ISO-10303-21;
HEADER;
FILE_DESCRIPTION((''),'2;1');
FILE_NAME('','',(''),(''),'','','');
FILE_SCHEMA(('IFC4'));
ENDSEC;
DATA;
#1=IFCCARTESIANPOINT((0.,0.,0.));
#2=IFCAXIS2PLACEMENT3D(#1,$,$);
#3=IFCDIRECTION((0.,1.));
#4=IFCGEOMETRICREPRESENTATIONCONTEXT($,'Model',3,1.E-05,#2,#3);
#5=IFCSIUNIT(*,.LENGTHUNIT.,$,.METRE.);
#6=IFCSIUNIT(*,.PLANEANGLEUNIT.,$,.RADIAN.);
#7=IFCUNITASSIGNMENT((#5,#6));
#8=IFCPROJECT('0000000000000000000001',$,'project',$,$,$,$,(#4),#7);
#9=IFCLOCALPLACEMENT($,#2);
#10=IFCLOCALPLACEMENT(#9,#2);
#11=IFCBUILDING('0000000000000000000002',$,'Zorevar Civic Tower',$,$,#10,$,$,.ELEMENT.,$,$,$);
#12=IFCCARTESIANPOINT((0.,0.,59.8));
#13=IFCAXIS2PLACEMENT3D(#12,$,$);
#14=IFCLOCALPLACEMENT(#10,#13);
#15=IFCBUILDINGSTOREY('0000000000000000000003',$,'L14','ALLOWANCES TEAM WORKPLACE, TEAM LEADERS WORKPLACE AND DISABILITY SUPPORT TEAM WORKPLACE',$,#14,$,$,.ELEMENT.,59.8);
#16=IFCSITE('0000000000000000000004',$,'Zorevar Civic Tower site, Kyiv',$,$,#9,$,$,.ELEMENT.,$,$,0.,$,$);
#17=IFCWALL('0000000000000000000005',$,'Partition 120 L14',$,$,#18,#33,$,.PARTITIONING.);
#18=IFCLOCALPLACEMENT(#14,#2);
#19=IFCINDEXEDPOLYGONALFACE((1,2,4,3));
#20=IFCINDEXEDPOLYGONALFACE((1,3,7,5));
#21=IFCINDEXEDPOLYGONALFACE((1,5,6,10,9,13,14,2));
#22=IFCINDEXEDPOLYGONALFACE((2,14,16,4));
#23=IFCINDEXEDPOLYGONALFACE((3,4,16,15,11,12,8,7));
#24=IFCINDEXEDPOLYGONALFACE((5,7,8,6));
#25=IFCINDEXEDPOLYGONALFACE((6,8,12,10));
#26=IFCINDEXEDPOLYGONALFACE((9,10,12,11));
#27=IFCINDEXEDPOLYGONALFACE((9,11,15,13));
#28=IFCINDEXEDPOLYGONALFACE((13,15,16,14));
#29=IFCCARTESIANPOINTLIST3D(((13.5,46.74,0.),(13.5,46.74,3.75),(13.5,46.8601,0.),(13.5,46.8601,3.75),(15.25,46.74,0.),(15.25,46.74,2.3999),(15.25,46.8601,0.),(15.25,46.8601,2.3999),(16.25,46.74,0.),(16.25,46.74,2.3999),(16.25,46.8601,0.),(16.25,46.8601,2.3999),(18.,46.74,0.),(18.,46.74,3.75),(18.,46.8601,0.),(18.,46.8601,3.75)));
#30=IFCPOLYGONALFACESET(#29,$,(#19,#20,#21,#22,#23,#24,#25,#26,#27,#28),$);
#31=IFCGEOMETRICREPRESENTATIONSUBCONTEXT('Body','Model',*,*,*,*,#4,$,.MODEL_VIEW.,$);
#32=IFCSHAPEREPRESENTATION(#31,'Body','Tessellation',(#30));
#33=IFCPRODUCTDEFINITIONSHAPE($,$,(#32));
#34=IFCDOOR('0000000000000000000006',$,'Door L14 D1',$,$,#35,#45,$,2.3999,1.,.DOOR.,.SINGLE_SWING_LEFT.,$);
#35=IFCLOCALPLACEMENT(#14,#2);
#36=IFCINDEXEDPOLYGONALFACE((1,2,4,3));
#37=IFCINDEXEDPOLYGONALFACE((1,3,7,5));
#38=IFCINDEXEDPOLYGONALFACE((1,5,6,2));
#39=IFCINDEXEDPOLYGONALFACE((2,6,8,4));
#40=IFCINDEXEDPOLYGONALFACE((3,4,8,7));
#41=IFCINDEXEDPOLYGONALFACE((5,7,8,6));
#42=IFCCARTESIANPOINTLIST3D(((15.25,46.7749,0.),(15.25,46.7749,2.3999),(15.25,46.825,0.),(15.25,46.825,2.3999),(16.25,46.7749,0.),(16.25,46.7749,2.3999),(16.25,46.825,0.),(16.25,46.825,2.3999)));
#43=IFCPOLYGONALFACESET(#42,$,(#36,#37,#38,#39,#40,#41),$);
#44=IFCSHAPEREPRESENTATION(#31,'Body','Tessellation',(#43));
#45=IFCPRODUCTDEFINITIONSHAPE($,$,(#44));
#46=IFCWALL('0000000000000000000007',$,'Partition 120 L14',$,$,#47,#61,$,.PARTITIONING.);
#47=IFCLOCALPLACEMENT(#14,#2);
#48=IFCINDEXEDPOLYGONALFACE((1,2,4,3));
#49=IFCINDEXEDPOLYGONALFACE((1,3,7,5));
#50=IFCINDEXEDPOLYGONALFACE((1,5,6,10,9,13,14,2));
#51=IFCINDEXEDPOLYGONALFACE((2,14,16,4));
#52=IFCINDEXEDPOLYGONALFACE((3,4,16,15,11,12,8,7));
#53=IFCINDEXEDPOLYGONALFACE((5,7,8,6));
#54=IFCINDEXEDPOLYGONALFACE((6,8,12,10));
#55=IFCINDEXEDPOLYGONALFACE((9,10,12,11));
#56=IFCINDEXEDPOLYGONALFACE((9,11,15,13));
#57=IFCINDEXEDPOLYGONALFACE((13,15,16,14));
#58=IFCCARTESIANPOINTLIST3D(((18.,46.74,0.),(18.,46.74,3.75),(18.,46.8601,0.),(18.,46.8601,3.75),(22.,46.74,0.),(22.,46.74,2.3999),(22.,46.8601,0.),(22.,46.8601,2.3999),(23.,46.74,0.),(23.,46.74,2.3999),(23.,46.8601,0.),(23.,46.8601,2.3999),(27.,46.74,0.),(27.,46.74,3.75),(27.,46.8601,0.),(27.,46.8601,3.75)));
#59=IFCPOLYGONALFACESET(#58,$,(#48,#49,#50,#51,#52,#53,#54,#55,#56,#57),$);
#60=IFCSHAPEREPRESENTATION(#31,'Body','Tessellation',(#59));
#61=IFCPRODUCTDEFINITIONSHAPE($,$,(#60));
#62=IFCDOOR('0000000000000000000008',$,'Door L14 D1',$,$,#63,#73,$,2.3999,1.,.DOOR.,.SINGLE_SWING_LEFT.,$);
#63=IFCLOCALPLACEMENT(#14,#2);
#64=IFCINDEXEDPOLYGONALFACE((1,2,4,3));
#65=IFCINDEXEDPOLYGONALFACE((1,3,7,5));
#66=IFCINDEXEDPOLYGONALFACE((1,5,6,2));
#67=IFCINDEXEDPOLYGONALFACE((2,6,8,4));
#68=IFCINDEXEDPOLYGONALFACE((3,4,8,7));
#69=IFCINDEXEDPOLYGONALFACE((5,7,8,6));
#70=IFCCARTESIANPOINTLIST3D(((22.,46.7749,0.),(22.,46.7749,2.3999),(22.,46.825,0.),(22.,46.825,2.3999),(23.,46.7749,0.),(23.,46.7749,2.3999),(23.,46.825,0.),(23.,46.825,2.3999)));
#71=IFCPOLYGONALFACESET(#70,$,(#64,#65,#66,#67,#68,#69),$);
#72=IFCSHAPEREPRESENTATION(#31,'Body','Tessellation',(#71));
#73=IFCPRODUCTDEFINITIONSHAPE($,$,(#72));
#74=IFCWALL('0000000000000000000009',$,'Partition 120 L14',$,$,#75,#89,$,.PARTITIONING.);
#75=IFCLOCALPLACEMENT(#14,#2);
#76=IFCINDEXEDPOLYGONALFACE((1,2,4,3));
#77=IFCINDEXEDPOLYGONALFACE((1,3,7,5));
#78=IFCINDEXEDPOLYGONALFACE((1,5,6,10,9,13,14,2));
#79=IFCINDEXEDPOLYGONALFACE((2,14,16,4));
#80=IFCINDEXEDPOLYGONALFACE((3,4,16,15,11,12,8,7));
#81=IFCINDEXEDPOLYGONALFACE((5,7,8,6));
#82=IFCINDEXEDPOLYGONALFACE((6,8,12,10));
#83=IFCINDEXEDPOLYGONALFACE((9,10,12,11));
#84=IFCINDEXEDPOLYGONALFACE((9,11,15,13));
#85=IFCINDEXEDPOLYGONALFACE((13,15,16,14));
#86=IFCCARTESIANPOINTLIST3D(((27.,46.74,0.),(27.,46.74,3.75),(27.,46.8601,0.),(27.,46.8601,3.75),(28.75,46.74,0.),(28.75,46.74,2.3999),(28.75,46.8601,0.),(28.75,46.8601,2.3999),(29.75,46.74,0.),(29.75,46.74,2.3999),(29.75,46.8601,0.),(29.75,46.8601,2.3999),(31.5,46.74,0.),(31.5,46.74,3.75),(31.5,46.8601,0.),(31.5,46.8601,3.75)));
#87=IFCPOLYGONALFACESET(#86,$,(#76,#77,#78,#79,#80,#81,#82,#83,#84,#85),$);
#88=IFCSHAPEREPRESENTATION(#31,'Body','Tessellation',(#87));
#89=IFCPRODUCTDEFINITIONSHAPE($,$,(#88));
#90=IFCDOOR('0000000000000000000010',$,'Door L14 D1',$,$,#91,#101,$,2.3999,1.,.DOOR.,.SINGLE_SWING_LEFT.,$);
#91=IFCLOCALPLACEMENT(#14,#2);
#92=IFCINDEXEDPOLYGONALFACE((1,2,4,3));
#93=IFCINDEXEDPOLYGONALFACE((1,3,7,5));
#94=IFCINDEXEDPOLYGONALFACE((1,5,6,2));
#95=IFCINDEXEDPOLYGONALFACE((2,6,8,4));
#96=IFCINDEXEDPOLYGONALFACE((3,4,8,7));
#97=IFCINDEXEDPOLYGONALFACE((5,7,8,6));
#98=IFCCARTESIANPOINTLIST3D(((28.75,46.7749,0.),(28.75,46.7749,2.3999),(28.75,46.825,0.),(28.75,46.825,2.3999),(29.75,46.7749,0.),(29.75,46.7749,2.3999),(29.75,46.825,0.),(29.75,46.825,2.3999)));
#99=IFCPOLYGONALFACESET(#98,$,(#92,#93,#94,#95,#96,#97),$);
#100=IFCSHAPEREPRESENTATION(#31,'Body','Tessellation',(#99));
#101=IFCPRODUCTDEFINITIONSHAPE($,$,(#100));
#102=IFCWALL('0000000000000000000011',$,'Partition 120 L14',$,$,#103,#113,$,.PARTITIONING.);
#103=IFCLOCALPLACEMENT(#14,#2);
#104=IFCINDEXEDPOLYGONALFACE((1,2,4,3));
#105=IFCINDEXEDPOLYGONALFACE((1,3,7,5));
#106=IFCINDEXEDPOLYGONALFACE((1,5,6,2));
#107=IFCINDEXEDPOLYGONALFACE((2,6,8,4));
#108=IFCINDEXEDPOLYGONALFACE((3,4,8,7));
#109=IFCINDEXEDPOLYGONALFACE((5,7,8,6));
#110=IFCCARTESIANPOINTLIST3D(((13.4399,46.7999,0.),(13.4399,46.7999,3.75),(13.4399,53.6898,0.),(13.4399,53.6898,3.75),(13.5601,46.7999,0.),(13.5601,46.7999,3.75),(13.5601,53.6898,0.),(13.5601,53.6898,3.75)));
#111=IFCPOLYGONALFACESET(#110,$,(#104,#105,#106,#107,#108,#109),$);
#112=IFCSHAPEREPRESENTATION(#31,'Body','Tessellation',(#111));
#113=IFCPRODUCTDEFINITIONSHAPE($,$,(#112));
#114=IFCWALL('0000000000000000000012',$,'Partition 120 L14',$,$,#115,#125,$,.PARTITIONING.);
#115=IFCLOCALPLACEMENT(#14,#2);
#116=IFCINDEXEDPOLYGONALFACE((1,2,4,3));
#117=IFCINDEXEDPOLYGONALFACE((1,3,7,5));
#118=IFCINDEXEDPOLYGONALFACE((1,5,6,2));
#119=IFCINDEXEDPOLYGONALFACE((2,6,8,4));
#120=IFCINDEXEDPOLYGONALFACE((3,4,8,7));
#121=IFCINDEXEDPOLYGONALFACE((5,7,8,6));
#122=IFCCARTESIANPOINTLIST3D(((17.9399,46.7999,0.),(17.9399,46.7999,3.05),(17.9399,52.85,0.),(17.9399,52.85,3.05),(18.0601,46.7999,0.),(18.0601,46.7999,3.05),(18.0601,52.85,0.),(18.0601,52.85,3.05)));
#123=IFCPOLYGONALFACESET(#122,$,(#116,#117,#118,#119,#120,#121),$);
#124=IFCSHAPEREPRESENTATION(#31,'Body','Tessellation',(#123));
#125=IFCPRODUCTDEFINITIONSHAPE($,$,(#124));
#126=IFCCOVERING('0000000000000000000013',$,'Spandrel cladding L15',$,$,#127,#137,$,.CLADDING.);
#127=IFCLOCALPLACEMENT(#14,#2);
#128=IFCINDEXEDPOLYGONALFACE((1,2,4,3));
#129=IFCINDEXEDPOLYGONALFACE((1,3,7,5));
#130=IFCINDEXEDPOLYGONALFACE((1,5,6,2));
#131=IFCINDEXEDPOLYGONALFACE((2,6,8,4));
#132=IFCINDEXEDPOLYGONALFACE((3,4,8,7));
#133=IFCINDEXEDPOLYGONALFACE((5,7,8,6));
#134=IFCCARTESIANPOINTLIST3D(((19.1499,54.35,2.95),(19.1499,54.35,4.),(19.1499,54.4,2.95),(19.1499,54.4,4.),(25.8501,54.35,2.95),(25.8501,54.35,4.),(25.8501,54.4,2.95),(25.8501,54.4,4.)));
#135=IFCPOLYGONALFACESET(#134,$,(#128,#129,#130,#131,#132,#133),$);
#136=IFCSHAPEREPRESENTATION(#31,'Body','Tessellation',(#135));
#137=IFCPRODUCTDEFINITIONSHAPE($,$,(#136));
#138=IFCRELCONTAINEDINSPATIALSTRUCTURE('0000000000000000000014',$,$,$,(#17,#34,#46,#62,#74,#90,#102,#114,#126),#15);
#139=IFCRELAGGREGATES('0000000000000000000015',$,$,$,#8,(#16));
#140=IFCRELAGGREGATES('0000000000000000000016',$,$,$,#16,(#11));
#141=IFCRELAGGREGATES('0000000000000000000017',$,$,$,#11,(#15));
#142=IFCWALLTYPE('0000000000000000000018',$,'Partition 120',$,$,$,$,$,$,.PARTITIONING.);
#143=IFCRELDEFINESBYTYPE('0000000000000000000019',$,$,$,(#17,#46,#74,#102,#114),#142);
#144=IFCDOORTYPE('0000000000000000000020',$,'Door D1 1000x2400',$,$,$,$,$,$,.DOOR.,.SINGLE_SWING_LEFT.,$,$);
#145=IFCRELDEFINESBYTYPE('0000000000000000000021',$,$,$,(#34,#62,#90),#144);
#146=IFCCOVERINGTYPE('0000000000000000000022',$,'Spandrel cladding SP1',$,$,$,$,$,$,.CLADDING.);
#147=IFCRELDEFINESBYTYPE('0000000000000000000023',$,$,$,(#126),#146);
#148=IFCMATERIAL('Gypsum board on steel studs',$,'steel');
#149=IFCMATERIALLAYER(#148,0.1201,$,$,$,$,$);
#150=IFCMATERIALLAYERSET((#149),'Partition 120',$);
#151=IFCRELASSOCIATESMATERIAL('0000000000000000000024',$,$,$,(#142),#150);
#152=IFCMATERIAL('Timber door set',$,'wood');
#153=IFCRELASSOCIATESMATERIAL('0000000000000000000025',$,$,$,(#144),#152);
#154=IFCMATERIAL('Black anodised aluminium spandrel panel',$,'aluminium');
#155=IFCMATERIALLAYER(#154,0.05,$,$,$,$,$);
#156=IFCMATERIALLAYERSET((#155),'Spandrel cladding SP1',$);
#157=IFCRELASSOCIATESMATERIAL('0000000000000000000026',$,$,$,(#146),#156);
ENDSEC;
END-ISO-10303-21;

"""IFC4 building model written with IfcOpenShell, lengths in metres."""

from ifc_helpers import new_model, si_unit, direction, frame, frame_2d, origin, place, context, subcontext, project, spatial, rectangle, extrude, material, layer, layer_set, type_object, element, fill, save


model = new_model("IFC4")

# Units and contexts
model_context = context("Model", 3, precision=1e-05, world=origin(), true_north=direction((0.0, 1.0)))
body_context = subcontext(model_context, "Body", "Model", "MODEL_VIEW")
ifc_project = project(units=[si_unit("LENGTHUNIT", "METRE"), si_unit("PLANEANGLEUNIT", "RADIAN")], contexts=[model_context])

# Site, building, storey
site_placement = place(None, origin())
site = spatial("IfcSite", under=ifc_project, at=site_placement, Name="Zorevar Civic Tower site, Kyiv", CompositionType="ELEMENT", RefElevation=0.0)
building_placement = place(site_placement, origin())
building = spatial("IfcBuilding", under=site, at=building_placement, Name="Zorevar Civic Tower", CompositionType="ELEMENT")
storey_placement = place(building_placement, frame((0.0, 0.0, 59.8)))
storey = spatial("IfcBuildingStorey", under=building, at=storey_placement, Name="L14", Description="ALLOWANCES TEAM WORKPLACE, TEAM LEADERS WORKPLACE AND DISABILITY SUPPORT TEAM WORKPLACE", CompositionType="ELEMENT", Elevation=59.8)

# Walls, openings, doors
ifc_material_1 = material(Name="Gypsum board on steel studs", Category="steel")
ifc_layer_1 = layer(ifc_material_1, 0.1201)
ifc_layer_set_1 = layer_set([ifc_layer_1], Name="Partition 120")
wall_type = type_object("IfcWallType", Name="Partition 120", PredefinedType="PARTITIONING", material=ifc_layer_set_1)
wall_1_placement = place(storey_placement, frame((13.5, 46.8, 0.0), z_axis=(0.0, 0.0, 1.0), x_axis=(1.0, 0.0, 0.0)))
wall_1 = element("IfcWall", 1, at=wall_1_placement, inside=storey, type_object=wall_type, Name="Partition 120 L14", PredefinedType="PARTITIONING", context=body_context, shape_type="SweptSolid", body=[
    extrude(rectangle(XDim=4.5, YDim=0.1201, at=frame_2d((2.25, 0.0))), origin(), (0.0, 0.0, 1.0), 3.75),
])
opening_1_placement = place(wall_1_placement, frame((1.75, 0.0, 0.0)))
opening_1 = element("IfcOpeningElement", 2, at=opening_1_placement, cuts=wall_1, PredefinedType="OPENING", context=body_context, shape_type="SweptSolid", body=[
    extrude(rectangle(XDim=1.0, YDim=2.3999, at=frame_2d((0.5, 1.2))), frame((0.0, 0.0701, 0.0), z_axis=(0.0, -1.0, 0.0), x_axis=(1.0, 0.0, 0.0)), (0.0, 0.0, 1.0), 0.1401),
])
ifc_material_2 = material(Name="Timber door set", Category="wood")
door_type = type_object("IfcDoorType", Name="Door D1 1000x2400", OperationType="SINGLE_SWING_LEFT", PredefinedType="DOOR", material=ifc_material_2)
door_1_placement = place(opening_1_placement, origin())
door_1 = element("IfcDoor", 3, at=door_1_placement, inside=storey, type_object=door_type, Name="Door L14 D1", OperationType="SINGLE_SWING_LEFT", OverallHeight=2.3999, OverallWidth=1.0, PredefinedType="DOOR", context=body_context, shape_type="SweptSolid", body=[
    extrude(rectangle(XDim=1.0, YDim=2.3999, at=frame_2d((0.5, 1.2))), frame((0.0, 0.0249, 0.0), z_axis=(0.0, -1.0, 0.0), x_axis=(1.0, 0.0, 0.0)), (0.0, 0.0, 1.0), 0.05),
])
fill(opening_1, door_1)
wall_2_placement = place(storey_placement, frame((18.0, 46.8, 0.0), z_axis=(0.0, 0.0, 1.0), x_axis=(1.0, 0.0, 0.0)))
wall_2 = element("IfcWall", 4, at=wall_2_placement, inside=storey, type_object=wall_type, Name="Partition 120 L14", PredefinedType="PARTITIONING", context=body_context, shape_type="SweptSolid", body=[
    extrude(rectangle(XDim=9.0, YDim=0.1201, at=frame_2d((4.5, 0.0))), origin(), (0.0, 0.0, 1.0), 3.75),
])
opening_2_placement = place(wall_2_placement, frame((4.0, 0.0, 0.0)))
opening_2 = element("IfcOpeningElement", 5, at=opening_2_placement, cuts=wall_2, PredefinedType="OPENING", context=body_context, shape_type="SweptSolid", body=[
    extrude(rectangle(XDim=1.0, YDim=2.3999, at=frame_2d((0.5, 1.2))), frame((0.0, 0.0701, 0.0), z_axis=(0.0, -1.0, 0.0), x_axis=(1.0, 0.0, 0.0)), (0.0, 0.0, 1.0), 0.1401),
])
door_2_placement = place(opening_2_placement, origin())
door_2 = element("IfcDoor", 6, at=door_2_placement, inside=storey, type_object=door_type, Name="Door L14 D1", OperationType="SINGLE_SWING_LEFT", OverallHeight=2.3999, OverallWidth=1.0, PredefinedType="DOOR", context=body_context, shape_type="SweptSolid", body=[
    extrude(rectangle(XDim=1.0, YDim=2.3999, at=frame_2d((0.5, 1.2))), frame((0.0, 0.0249, 0.0), z_axis=(0.0, -1.0, 0.0), x_axis=(1.0, 0.0, 0.0)), (0.0, 0.0, 1.0), 0.05),
])
fill(opening_2, door_2)
wall_3_placement = place(storey_placement, frame((27.0, 46.8, 0.0), z_axis=(0.0, 0.0, 1.0), x_axis=(1.0, 0.0, 0.0)))
wall_3 = element("IfcWall", 7, at=wall_3_placement, inside=storey, type_object=wall_type, Name="Partition 120 L14", PredefinedType="PARTITIONING", context=body_context, shape_type="SweptSolid", body=[
    extrude(rectangle(XDim=4.5, YDim=0.1201, at=frame_2d((2.25, 0.0))), origin(), (0.0, 0.0, 1.0), 3.75),
])
opening_3_placement = place(wall_3_placement, frame((1.75, 0.0, 0.0)))
opening_3 = element("IfcOpeningElement", 8, at=opening_3_placement, cuts=wall_3, PredefinedType="OPENING", context=body_context, shape_type="SweptSolid", body=[
    extrude(rectangle(XDim=1.0, YDim=2.3999, at=frame_2d((0.5, 1.2))), frame((0.0, 0.0701, 0.0), z_axis=(0.0, -1.0, 0.0), x_axis=(1.0, 0.0, 0.0)), (0.0, 0.0, 1.0), 0.1401),
])
door_3_placement = place(opening_3_placement, origin())
door_3 = element("IfcDoor", 9, at=door_3_placement, inside=storey, type_object=door_type, Name="Door L14 D1", OperationType="SINGLE_SWING_LEFT", OverallHeight=2.3999, OverallWidth=1.0, PredefinedType="DOOR", context=body_context, shape_type="SweptSolid", body=[
    extrude(rectangle(XDim=1.0, YDim=2.3999, at=frame_2d((0.5, 1.2))), frame((0.0, 0.0249, 0.0), z_axis=(0.0, -1.0, 0.0), x_axis=(1.0, 0.0, 0.0)), (0.0, 0.0, 1.0), 0.05),
])
fill(opening_3, door_3)

# Walls
wall_4_placement = place(storey_placement, frame((13.5, 46.8, 0.0), z_axis=(0.0, 0.0, 1.0), x_axis=(0.0, 1.0, 0.0)))
element("IfcWall", 10, at=wall_4_placement, inside=storey, type_object=wall_type, Name="Partition 120 L14", PredefinedType="PARTITIONING", context=body_context, shape_type="SweptSolid", body=[
    extrude(rectangle(XDim=6.8899, YDim=0.1201, at=frame_2d((3.4448, 0.0))), origin(), (0.0, 0.0, 1.0), 3.75),
])
wall_5_placement = place(storey_placement, frame((18.0, 46.8, 0.0), z_axis=(0.0, 0.0, 1.0), x_axis=(0.0, 1.0, 0.0)))
element("IfcWall", 11, at=wall_5_placement, inside=storey, type_object=wall_type, Name="Partition 120 L14", PredefinedType="PARTITIONING", context=body_context, shape_type="SweptSolid", body=[
    extrude(rectangle(XDim=6.05, YDim=0.1201, at=frame_2d((3.0249, 0.0))), origin(), (0.0, 0.0, 1.0), 3.05),
])

# Covering
ifc_material_3 = material(Name="Black anodised aluminium spandrel panel", Category="aluminium")
ifc_layer_2 = layer(ifc_material_3, 0.05)
ifc_layer_set_2 = layer_set([ifc_layer_2], Name="Spandrel cladding SP1")
covering_type = type_object("IfcCoveringType", Name="Spandrel cladding SP1", PredefinedType="CLADDING", material=ifc_layer_set_2)
covering_placement = place(storey_placement, frame((19.1499, 54.375, 2.95), z_axis=(0.0, 0.0, 1.0), x_axis=(1.0, 0.0, 0.0)))
element("IfcCovering", 12, at=covering_placement, inside=storey, type_object=covering_type, Name="Spandrel cladding L15", PredefinedType="CLADDING", context=body_context, shape_type="SweptSolid", body=[
    extrude(rectangle(XDim=6.7002, YDim=0.05, at=frame_2d((3.3501, 0.0))), origin(), (0.0, 0.0, 1.0), 1.05),
])

save(model, "model.ifc")
